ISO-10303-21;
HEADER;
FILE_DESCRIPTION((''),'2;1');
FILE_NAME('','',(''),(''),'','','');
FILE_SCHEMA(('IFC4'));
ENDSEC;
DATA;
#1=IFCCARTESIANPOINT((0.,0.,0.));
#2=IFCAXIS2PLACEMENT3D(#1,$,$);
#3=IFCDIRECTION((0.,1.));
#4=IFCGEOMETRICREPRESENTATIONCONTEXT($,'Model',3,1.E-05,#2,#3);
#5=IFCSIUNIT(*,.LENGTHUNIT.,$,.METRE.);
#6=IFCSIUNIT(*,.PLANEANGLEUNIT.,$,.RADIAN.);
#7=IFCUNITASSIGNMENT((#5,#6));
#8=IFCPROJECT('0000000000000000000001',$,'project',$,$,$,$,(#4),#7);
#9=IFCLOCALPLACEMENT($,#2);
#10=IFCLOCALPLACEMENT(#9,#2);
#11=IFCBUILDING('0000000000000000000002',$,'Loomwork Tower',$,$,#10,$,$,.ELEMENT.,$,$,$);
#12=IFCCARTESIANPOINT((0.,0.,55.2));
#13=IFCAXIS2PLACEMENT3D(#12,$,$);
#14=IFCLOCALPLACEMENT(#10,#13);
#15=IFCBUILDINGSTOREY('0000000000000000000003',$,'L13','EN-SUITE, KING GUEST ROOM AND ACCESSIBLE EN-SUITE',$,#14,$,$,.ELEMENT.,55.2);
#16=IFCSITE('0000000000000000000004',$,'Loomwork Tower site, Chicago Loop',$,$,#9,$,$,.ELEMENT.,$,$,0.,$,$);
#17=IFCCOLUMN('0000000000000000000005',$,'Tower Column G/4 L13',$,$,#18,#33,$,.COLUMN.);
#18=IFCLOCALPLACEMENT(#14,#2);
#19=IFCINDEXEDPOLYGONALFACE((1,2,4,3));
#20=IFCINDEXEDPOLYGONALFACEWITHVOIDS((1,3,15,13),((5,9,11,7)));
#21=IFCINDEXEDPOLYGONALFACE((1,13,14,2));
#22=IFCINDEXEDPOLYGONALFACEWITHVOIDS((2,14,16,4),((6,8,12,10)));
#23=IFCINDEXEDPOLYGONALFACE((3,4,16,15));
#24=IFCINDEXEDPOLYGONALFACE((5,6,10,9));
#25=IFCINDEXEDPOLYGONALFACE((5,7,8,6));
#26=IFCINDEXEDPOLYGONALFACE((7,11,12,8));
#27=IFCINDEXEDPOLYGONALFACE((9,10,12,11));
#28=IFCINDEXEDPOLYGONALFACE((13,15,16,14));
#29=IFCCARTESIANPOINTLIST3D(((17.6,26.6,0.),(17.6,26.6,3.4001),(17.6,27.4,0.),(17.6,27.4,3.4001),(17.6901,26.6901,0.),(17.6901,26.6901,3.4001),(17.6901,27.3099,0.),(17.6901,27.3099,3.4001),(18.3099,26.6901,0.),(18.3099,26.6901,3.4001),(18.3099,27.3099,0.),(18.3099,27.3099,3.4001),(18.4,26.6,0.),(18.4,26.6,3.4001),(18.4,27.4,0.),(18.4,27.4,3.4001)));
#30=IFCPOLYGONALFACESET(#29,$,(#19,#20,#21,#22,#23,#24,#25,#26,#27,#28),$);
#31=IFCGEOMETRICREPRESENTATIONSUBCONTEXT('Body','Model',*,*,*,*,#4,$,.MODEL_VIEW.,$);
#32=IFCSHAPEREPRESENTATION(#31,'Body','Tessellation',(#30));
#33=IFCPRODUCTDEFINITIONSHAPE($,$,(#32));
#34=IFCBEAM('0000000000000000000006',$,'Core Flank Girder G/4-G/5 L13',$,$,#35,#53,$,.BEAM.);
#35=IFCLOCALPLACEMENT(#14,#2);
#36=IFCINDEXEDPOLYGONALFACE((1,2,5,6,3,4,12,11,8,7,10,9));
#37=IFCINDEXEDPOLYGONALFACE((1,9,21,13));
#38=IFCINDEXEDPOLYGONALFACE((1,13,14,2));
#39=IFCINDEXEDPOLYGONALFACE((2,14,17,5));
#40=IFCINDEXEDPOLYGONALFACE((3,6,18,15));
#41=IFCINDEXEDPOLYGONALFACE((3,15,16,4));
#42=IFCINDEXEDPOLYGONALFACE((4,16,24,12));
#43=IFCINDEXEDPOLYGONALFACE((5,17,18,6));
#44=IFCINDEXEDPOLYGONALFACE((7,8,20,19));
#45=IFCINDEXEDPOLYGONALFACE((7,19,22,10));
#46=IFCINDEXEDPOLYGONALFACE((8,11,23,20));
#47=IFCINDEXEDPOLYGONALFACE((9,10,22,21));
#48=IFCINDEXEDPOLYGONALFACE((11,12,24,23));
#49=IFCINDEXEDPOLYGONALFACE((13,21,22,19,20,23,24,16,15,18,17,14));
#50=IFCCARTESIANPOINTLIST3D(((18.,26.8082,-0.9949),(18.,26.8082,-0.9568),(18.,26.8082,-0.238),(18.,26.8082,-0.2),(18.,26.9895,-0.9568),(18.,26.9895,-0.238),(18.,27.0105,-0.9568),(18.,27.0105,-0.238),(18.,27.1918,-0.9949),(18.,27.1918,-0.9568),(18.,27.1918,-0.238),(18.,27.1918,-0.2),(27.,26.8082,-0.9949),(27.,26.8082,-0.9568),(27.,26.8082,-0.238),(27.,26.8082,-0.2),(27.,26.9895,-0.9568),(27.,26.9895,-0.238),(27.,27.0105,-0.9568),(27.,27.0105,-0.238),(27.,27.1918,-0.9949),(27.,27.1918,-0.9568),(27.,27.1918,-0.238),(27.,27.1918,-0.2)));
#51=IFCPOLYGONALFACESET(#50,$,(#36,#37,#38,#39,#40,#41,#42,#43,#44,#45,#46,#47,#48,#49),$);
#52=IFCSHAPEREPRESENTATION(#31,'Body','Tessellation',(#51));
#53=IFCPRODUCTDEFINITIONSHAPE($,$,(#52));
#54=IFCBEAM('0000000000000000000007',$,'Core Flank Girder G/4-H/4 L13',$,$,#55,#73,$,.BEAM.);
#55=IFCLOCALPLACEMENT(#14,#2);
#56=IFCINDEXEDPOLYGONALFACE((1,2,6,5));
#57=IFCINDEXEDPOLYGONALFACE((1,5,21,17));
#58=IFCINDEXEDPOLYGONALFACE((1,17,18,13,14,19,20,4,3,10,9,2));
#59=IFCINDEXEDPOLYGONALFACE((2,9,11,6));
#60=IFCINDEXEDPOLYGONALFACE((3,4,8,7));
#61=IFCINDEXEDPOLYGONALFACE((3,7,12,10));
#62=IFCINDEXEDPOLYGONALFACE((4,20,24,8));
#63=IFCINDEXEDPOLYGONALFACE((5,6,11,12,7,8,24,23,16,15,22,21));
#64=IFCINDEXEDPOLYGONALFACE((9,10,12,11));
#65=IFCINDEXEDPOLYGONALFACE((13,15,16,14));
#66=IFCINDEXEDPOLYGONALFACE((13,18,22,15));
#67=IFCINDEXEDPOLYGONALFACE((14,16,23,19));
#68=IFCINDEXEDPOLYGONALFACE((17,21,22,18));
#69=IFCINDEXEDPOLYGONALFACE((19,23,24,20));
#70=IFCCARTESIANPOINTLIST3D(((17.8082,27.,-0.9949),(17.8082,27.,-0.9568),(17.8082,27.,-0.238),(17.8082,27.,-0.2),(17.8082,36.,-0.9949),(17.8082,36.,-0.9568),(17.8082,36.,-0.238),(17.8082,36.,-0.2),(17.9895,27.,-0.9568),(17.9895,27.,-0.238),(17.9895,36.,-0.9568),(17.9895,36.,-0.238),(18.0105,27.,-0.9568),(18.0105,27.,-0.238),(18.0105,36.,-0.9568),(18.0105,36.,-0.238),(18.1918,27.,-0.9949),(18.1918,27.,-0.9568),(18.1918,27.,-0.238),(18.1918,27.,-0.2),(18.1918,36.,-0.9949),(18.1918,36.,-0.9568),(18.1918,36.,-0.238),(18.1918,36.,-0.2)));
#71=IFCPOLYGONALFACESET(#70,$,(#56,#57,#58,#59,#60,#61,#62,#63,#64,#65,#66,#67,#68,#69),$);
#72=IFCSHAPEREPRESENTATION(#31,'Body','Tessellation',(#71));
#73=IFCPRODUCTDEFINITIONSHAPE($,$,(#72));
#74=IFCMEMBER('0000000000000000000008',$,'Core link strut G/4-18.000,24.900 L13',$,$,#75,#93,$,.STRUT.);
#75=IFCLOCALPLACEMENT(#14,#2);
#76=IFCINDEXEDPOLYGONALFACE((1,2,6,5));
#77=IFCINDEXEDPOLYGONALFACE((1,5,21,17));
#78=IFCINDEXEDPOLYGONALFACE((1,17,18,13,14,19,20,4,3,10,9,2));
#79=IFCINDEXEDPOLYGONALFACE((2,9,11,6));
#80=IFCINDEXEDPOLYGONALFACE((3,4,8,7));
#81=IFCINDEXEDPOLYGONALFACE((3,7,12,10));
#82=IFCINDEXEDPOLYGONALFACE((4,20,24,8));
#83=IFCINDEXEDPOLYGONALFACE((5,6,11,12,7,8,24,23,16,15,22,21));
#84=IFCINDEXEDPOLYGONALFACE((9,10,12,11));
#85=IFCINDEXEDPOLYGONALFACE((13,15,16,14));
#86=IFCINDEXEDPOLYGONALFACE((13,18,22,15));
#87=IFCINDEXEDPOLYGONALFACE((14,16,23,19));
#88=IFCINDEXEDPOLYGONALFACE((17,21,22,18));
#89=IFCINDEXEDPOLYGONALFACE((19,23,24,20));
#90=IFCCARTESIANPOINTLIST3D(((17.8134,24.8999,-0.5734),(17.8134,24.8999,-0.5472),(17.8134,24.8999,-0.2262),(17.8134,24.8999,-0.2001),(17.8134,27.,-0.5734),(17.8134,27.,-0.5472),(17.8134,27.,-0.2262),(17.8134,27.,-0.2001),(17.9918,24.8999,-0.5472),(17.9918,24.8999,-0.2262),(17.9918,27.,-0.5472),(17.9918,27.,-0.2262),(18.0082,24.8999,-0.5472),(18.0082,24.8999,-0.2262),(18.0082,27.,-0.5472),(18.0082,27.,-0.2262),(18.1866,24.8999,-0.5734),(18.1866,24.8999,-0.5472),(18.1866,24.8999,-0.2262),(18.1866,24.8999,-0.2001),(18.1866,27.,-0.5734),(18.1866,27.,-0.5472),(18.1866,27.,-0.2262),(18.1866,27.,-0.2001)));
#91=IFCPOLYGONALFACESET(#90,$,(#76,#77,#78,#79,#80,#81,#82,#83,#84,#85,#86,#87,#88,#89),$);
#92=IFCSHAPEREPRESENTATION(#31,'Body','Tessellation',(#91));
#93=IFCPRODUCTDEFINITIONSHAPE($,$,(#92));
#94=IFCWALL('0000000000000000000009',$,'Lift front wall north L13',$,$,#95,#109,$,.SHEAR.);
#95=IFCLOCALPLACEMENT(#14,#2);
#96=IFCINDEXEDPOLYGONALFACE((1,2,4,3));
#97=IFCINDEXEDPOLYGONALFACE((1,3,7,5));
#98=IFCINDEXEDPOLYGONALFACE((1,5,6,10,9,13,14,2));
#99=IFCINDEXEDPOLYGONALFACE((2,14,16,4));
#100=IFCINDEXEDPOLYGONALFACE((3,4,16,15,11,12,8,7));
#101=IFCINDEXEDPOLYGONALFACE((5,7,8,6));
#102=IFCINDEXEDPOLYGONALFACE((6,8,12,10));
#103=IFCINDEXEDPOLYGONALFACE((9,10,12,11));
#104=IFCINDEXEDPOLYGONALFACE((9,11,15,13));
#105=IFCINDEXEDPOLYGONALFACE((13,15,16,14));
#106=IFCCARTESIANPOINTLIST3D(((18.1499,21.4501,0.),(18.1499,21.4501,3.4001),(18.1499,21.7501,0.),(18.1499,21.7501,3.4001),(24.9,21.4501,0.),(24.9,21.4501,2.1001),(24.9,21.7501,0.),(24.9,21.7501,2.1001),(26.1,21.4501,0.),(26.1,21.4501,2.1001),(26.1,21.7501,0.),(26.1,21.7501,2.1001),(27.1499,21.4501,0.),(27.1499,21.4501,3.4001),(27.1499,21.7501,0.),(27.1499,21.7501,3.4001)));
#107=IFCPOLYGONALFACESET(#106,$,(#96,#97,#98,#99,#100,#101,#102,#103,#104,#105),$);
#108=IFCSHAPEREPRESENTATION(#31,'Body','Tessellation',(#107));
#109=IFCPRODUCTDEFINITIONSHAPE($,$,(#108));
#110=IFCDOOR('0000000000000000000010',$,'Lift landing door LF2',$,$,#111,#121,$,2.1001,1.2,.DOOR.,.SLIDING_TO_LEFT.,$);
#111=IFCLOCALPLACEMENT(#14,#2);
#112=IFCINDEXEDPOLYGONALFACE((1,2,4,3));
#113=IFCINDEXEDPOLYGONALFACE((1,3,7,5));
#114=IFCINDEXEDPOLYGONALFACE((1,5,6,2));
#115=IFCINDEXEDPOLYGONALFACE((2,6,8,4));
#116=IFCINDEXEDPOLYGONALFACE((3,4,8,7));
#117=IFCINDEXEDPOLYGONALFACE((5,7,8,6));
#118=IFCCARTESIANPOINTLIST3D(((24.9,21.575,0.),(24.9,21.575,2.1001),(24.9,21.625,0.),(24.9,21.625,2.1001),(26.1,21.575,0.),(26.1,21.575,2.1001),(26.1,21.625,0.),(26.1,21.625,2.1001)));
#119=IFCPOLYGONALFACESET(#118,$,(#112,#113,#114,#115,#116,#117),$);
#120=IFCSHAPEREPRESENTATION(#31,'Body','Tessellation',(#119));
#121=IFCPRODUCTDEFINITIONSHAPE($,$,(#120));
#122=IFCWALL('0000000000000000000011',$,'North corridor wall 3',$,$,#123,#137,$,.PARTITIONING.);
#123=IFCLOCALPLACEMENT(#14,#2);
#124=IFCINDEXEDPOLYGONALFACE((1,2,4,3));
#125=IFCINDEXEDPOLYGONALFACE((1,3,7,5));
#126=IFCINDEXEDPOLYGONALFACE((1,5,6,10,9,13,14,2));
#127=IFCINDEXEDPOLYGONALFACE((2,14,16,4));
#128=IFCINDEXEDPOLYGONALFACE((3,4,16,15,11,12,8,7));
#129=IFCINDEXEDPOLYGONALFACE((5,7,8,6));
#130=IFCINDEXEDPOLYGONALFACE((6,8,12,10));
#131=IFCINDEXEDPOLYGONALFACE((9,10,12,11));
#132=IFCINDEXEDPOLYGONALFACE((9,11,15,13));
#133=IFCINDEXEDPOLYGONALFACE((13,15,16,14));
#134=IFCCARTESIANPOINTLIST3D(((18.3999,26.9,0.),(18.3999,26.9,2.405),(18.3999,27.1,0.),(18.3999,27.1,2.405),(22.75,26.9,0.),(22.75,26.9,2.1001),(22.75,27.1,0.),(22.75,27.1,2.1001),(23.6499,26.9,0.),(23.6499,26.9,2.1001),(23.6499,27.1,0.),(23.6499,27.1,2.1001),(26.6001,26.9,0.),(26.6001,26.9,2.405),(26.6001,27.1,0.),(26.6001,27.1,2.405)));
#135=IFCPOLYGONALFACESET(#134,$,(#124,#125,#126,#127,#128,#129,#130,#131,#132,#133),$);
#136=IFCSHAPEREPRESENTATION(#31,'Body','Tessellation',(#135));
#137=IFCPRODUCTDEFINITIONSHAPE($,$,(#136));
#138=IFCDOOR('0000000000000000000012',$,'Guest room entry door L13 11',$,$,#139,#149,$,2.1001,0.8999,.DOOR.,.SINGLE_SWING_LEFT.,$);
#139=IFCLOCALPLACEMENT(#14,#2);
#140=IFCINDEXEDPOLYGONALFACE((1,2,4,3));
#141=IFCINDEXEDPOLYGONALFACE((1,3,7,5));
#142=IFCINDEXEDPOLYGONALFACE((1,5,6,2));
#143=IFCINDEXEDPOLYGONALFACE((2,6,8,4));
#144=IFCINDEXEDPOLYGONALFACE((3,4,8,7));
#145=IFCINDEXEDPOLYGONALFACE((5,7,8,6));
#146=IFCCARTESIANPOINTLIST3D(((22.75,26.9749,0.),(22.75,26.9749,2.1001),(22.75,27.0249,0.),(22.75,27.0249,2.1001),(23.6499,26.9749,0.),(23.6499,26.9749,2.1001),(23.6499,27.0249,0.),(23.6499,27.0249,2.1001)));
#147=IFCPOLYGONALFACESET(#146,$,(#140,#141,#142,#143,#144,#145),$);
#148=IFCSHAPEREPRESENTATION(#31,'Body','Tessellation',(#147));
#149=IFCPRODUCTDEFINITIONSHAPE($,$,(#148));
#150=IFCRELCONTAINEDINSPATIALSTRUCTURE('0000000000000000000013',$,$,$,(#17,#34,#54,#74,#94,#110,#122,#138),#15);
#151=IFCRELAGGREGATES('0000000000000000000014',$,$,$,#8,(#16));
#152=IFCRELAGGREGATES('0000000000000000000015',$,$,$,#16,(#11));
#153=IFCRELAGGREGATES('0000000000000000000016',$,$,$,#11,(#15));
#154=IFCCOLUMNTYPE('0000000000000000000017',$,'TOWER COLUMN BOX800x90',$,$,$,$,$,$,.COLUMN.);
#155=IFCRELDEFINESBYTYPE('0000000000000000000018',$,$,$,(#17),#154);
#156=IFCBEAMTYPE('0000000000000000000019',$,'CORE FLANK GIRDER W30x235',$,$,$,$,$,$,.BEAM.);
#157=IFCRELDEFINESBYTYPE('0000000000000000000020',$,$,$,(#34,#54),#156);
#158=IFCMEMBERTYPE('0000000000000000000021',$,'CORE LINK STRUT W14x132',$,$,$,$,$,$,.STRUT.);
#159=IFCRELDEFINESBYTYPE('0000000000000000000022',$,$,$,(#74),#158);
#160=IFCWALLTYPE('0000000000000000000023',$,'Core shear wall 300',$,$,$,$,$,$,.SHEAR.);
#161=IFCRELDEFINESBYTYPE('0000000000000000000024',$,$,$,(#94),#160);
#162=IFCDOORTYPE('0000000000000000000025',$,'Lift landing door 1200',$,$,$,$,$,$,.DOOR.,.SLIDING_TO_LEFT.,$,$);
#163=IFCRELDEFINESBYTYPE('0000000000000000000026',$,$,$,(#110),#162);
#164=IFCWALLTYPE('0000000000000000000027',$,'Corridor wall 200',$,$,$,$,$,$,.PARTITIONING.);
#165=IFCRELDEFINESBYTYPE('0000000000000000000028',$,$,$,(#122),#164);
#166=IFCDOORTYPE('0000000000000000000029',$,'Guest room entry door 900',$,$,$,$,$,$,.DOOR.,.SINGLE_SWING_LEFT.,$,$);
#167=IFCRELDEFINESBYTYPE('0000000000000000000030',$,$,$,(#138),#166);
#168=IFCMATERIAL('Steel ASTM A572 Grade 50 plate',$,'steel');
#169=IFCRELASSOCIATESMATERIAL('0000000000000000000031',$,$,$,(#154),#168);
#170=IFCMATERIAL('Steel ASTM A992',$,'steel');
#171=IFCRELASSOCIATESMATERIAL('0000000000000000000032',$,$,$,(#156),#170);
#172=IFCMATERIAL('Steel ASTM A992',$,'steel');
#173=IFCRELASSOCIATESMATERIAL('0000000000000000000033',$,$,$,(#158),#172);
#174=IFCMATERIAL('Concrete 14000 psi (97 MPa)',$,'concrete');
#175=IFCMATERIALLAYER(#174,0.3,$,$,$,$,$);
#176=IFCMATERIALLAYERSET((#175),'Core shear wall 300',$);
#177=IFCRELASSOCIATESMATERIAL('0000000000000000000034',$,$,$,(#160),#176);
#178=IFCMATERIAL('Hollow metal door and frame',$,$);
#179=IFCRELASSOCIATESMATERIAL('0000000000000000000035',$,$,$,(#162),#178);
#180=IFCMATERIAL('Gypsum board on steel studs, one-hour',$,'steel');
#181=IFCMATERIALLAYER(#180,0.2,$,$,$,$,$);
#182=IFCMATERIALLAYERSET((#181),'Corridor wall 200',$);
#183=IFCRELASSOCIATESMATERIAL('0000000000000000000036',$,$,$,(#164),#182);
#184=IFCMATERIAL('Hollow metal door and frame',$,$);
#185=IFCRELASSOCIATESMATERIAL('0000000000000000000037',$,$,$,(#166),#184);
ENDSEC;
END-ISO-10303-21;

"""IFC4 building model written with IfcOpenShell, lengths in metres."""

from ifc_helpers import new_model, si_unit, direction, frame, frame_2d, origin, origin_2d, place, context, subcontext, project, spatial, rectangle, hollow_rectangle, i_section, extrude, material, layer, layer_set, material_profile, profile_set, type_object, element, fill, save


model = new_model("IFC4")

# Units and contexts
model_context = context("Model", 3, precision=1e-05, world=origin(), true_north=direction((0.0, 1.0)))
body_context = subcontext(model_context, "Body", "Model", "MODEL_VIEW")
ifc_project = project(units=[si_unit("LENGTHUNIT", "METRE"), si_unit("PLANEANGLEUNIT", "RADIAN")], contexts=[model_context])

# Site, building, storey
site_placement = place(None, origin())
site = spatial("IfcSite", under=ifc_project, at=site_placement, Name="Loomwork Tower site, Chicago Loop", CompositionType="ELEMENT", RefElevation=0.0)
building_placement = place(site_placement, origin())
building = spatial("IfcBuilding", under=site, at=building_placement, Name="Loomwork Tower", CompositionType="ELEMENT")
storey_placement = place(building_placement, frame((0.0, 0.0, 55.2)))
storey = spatial("IfcBuildingStorey", under=building, at=storey_placement, Name="L13", Description="EN-SUITE, KING GUEST ROOM AND ACCESSIBLE EN-SUITE", CompositionType="ELEMENT", Elevation=55.2)

# Column
ifc_material_1 = material(Name="Steel ASTM A572 Grade 50 plate", Category="steel")
ifc_material_profile_1 = material_profile(ifc_material_1, hollow_rectangle(XDim=0.8, YDim=0.8, WallThickness=0.0901, at=origin_2d()), Name="BOX800x90")
ifc_profile_set_1 = profile_set([ifc_material_profile_1], Name="Steel ASTM A572 Grade 50 plate")
column_type = type_object("IfcColumnType", Name="TOWER COLUMN BOX800x90", PredefinedType="COLUMN", material=ifc_profile_set_1)
column_placement = place(storey_placement, frame((18.0, 27.0, 0.0), z_axis=(0.0, 0.0, 1.0), x_axis=(1.0, 0.0, 0.0)))
element("IfcColumn", 1, at=column_placement, inside=storey, type_object=column_type, Name="Tower Column G/4 L13", PredefinedType="COLUMN", context=body_context, shape_type="SweptSolid", body=[
    extrude(hollow_rectangle(XDim=0.8, YDim=0.8, WallThickness=0.0901, at=origin_2d()), origin(), (0.0, 0.0, 1.0), 3.4001),
])

# Beams
ifc_material_2 = material(Name="Steel ASTM A992", Category="steel")
ifc_material_profile_2 = material_profile(ifc_material_2, i_section(OverallWidth=0.3835, OverallDepth=0.7949, WebThickness=0.021, FlangeThickness=0.0381, at=origin_2d()), Name="W30x235")
ifc_profile_set_2 = profile_set([ifc_material_profile_2], Name="Steel ASTM A992")
beam_type = type_object("IfcBeamType", Name="CORE FLANK GIRDER W30x235", PredefinedType="BEAM", material=ifc_profile_set_2)
for number, where, z_axis, x_axis, name in (
    (2, (18.0, 27.0, -0.5974), (1.0, 0.0, 0.0), (0.0, 1.0, 0.0), "Core Flank Girder G/4-G/5 L13"),
    (3, (18.0, 27.0, -0.5974), (0.0, 1.0, 0.0), (-1.0, 0.0, 0.0), "Core Flank Girder G/4-H/4 L13"),
):
    element("IfcBeam", number, at=place(storey_placement, frame(where, z_axis=z_axis, x_axis=x_axis)), inside=storey, type_object=beam_type, Name=name, PredefinedType="BEAM", context=body_context, shape_type="SweptSolid", body=[
        extrude(i_section(OverallWidth=0.3835, OverallDepth=0.7949, WebThickness=0.021, FlangeThickness=0.0381, at=origin_2d()), origin(), (0.0, 0.0, 1.0), 9.0),
    ])

# Member
ifc_material_3 = material(Name="Steel ASTM A992", Category="steel")
ifc_material_profile_3 = material_profile(ifc_material_3, i_section(OverallWidth=0.3733, OverallDepth=0.3733, WebThickness=0.0164, FlangeThickness=0.0261, at=origin_2d()), Name="W14x132")
ifc_profile_set_3 = profile_set([ifc_material_profile_3], Name="Steel ASTM A992")
member_type = type_object("IfcMemberType", Name="CORE LINK STRUT W14x132", PredefinedType="STRUT", material=ifc_profile_set_3)
member_placement = place(storey_placement, frame((18.0, 27.0, -0.3867), z_axis=(0.0, -1.0, 0.0), x_axis=(1.0, 0.0, 0.0)))
element("IfcMember", 4, at=member_placement, inside=storey, type_object=member_type, Name="Core link strut G/4-18.000,24.900 L13", PredefinedType="STRUT", context=body_context, shape_type="SweptSolid", body=[
    extrude(i_section(OverallWidth=0.3733, OverallDepth=0.3733, WebThickness=0.0164, FlangeThickness=0.0261, at=origin_2d()), origin(), (0.0, 0.0, 1.0), 2.1001),
])

# Walls, openings, doors
ifc_material_4 = material(Name="Concrete 14000 psi (97 MPa)", Category="concrete")
ifc_layer_1 = layer(ifc_material_4, 0.3)
ifc_layer_set_1 = layer_set([ifc_layer_1], Name="Core shear wall 300")
wall_type_1 = type_object("IfcWallType", Name="Core shear wall 300", PredefinedType="SHEAR", material=ifc_layer_set_1)
wall_1_placement = place(storey_placement, frame((18.1499, 21.6001, 0.0), z_axis=(0.0, 0.0, 1.0), x_axis=(1.0, 0.0, 0.0)))
wall_1 = element("IfcWall", 5, at=wall_1_placement, inside=storey, type_object=wall_type_1, Name="Lift front wall north L13", PredefinedType="SHEAR", context=body_context, shape_type="SweptSolid", body=[
    extrude(rectangle(XDim=9.0, YDim=0.3, at=frame_2d((4.5, 0.0))), origin(), (0.0, 0.0, 1.0), 3.4001),
])
opening_1_placement = place(wall_1_placement, frame((6.75, 0.0, 0.0)))
opening_1 = element("IfcOpeningElement", 6, at=opening_1_placement, cuts=wall_1, PredefinedType="OPENING", context=body_context, shape_type="SweptSolid", body=[
    extrude(rectangle(XDim=1.2, YDim=2.1001, at=frame_2d((0.6001, 1.05))), frame((0.0, 0.1599, 0.0), z_axis=(0.0, -1.0, 0.0), x_axis=(1.0, 0.0, 0.0)), (0.0, 0.0, 1.0), 0.3201),
])
ifc_material_5 = material(Name="Hollow metal door and frame")
door_type_1 = type_object("IfcDoorType", Name="Lift landing door 1200", OperationType="SLIDING_TO_LEFT", PredefinedType="DOOR", material=ifc_material_5)
door_1_placement = place(opening_1_placement, origin())
door_1 = element("IfcDoor", 7, at=door_1_placement, inside=storey, type_object=door_type_1, Name="Lift landing door LF2", OperationType="SLIDING_TO_LEFT", OverallHeight=2.1001, OverallWidth=1.2, PredefinedType="DOOR", context=body_context, shape_type="SweptSolid", body=[
    extrude(rectangle(XDim=1.2, YDim=2.1001, at=frame_2d((0.6001, 1.05))), frame((0.0, 0.0249, 0.0), z_axis=(0.0, -1.0, 0.0), x_axis=(1.0, 0.0, 0.0)), (0.0, 0.0, 1.0), 0.05),
])
fill(opening_1, door_1)
ifc_material_6 = material(Name="Gypsum board on steel studs, one-hour", Category="steel")
ifc_layer_2 = layer(ifc_material_6, 0.2)
ifc_layer_set_2 = layer_set([ifc_layer_2], Name="Corridor wall 200")
wall_type_2 = type_object("IfcWallType", Name="Corridor wall 200", PredefinedType="PARTITIONING", material=ifc_layer_set_2)
wall_2_placement = place(storey_placement, frame((18.3999, 27.0, 0.0), z_axis=(0.0, 0.0, 1.0), x_axis=(1.0, 0.0, 0.0)))
wall_2 = element("IfcWall", 8, at=wall_2_placement, inside=storey, type_object=wall_type_2, Name="North corridor wall 3", PredefinedType="PARTITIONING", context=body_context, shape_type="SweptSolid", body=[
    extrude(rectangle(XDim=8.2002, YDim=0.2, at=frame_2d((4.1001, 0.0))), origin(), (0.0, 0.0, 1.0), 2.405),
])
opening_2_placement = place(wall_2_placement, frame((4.3501, 0.0, 0.0)))
opening_2 = element("IfcOpeningElement", 9, at=opening_2_placement, cuts=wall_2, PredefinedType="OPENING", context=body_context, shape_type="SweptSolid", body=[
    extrude(rectangle(XDim=0.8999, YDim=2.1001, at=frame_2d((0.45, 1.05))), frame((0.0, 0.1099, 0.0), z_axis=(0.0, -1.0, 0.0), x_axis=(1.0, 0.0, 0.0)), (0.0, 0.0, 1.0), 0.22),
])
ifc_material_7 = material(Name="Hollow metal door and frame")
door_type_2 = type_object("IfcDoorType", Name="Guest room entry door 900", OperationType="SINGLE_SWING_LEFT", PredefinedType="DOOR", material=ifc_material_7)
door_2_placement = place(opening_2_placement, origin())
door_2 = element("IfcDoor", 10, at=door_2_placement, inside=storey, type_object=door_type_2, Name="Guest room entry door L13 11", OperationType="SINGLE_SWING_LEFT", OverallHeight=2.1001, OverallWidth=0.8999, PredefinedType="DOOR", context=body_context, shape_type="SweptSolid", body=[
    extrude(rectangle(XDim=0.8999, YDim=2.1001, at=frame_2d((0.45, 1.05))), frame((0.0, 0.0249, 0.0), z_axis=(0.0, -1.0, 0.0), x_axis=(1.0, 0.0, 0.0)), (0.0, 0.0, 1.0), 0.05),
])
fill(opening_2, door_2)

save(model, "model.ifc")
